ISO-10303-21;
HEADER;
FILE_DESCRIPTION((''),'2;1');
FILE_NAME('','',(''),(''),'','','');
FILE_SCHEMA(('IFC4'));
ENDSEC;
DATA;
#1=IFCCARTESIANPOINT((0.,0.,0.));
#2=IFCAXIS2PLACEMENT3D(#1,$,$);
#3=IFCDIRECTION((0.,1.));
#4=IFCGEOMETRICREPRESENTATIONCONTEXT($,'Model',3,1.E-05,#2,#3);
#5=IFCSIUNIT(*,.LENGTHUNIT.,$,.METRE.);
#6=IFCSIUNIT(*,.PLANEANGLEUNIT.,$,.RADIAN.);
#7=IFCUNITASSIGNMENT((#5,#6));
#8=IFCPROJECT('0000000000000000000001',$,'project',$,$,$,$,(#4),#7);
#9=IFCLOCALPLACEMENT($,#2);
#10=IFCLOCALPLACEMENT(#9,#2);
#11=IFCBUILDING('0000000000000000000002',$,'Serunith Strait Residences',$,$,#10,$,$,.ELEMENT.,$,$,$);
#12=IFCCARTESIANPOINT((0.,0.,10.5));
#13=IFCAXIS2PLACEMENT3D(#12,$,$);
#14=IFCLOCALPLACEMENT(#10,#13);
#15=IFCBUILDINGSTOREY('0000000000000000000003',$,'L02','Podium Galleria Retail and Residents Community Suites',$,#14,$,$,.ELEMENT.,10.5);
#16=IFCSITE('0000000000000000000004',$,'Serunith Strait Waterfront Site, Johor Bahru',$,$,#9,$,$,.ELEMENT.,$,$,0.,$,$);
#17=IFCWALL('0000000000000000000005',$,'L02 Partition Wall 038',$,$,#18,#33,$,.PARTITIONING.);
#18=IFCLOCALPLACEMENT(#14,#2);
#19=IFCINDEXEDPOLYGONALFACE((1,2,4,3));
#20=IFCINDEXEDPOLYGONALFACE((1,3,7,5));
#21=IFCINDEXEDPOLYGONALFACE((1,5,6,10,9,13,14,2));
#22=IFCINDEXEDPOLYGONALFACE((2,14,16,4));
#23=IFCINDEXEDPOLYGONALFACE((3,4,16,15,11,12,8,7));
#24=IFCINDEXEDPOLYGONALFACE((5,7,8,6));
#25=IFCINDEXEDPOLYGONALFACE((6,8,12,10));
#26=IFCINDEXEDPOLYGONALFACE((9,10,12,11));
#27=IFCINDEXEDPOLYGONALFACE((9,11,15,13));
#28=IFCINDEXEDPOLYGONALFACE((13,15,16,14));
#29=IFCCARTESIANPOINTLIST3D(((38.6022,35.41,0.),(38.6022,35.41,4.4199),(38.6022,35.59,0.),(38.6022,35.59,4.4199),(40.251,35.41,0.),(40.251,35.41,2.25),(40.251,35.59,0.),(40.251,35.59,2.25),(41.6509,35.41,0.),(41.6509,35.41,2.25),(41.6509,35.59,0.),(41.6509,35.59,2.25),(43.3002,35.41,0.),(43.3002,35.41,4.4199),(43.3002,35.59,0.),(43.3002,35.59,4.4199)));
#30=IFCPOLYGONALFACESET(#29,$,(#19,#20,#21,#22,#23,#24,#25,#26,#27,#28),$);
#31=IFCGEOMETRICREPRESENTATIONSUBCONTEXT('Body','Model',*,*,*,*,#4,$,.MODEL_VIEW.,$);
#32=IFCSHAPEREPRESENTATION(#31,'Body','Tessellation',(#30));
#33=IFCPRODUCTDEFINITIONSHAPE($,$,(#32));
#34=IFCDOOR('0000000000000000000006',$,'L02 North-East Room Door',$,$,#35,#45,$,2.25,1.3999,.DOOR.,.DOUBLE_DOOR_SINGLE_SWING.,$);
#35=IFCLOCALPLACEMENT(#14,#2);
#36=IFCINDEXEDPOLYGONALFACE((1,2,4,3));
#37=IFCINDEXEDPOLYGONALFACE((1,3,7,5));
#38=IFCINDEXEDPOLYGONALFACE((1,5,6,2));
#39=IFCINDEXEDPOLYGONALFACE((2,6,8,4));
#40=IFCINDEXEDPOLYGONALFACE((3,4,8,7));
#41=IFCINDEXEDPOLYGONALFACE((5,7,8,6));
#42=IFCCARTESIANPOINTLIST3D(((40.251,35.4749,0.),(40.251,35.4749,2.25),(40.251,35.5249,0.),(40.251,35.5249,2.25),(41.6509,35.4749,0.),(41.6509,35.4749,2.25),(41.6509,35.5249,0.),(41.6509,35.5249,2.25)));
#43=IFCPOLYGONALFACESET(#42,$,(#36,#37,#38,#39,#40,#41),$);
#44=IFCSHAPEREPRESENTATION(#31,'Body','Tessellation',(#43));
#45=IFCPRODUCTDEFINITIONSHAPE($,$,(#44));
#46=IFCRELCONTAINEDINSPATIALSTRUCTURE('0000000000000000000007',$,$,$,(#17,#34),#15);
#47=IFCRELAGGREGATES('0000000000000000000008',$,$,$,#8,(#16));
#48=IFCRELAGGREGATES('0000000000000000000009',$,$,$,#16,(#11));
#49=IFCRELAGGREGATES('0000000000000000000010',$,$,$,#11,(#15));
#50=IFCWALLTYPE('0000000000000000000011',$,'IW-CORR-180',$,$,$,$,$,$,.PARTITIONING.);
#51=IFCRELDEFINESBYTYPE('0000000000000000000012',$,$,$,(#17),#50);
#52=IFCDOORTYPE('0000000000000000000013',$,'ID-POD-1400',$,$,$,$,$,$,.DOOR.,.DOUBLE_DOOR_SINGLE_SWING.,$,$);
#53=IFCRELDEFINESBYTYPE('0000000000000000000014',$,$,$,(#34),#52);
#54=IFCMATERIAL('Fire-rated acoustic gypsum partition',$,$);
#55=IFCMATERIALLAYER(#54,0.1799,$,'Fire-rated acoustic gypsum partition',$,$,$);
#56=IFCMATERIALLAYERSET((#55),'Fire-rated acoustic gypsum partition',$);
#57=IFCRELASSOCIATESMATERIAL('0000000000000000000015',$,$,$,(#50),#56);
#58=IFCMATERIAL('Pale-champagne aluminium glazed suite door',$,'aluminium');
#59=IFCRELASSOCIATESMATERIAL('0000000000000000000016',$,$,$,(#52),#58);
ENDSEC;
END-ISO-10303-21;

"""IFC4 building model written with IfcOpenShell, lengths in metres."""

from ifc_helpers import new_model, si_unit, direction, frame, frame_2d, origin, place, context, subcontext, project, spatial, rectangle, extrude, source, transform, mapped, material, layer, layer_set, type_object, element, fill, save


model = new_model("IFC4")

# Units and contexts
model_context = context("Model", 3, precision=1e-05, world=origin(), true_north=direction((0.0, 1.0)))
body_context = subcontext(model_context, "Body", "Model", "MODEL_VIEW")
ifc_project = project(units=[si_unit("LENGTHUNIT", "METRE"), si_unit("PLANEANGLEUNIT", "RADIAN")], contexts=[model_context])

# Site, building, storey
site_placement = place(None, origin())
site = spatial("IfcSite", under=ifc_project, at=site_placement, Name="Serunith Strait Waterfront Site, Johor Bahru", CompositionType="ELEMENT", RefElevation=0.0)
building_placement = place(site_placement, origin())
building = spatial("IfcBuilding", under=site, at=building_placement, Name="Serunith Strait Residences", CompositionType="ELEMENT")
storey_placement = place(building_placement, frame((0.0, 0.0, 10.5)))
storey = spatial("IfcBuildingStorey", under=building, at=storey_placement, Name="L02", Description="Podium Galleria Retail and Residents Community Suites", CompositionType="ELEMENT", Elevation=10.5)

# Shared definitions
ifc_material_1 = material(Name="Fire-rated acoustic gypsum partition")
ifc_layer_1 = layer(ifc_material_1, 0.1799, Name="Fire-rated acoustic gypsum partition")
ifc_layer_set_1 = layer_set([ifc_layer_1], Name="Fire-rated acoustic gypsum partition")
wall_type_1 = type_object("IfcWallType", Name="IW-CORR-180", PredefinedType="PARTITIONING", material=ifc_layer_set_1)

# Wall, opening, door
wall_1_placement = place(storey_placement, frame((38.6021, 35.5, 0.0), z_axis=(0.0, 0.0, 1.0), x_axis=(1.0, 0.0, 0.0)))
wall_1 = element("IfcWall", 1, at=wall_1_placement, inside=storey, type_object=wall_type_1, Name="L02 Partition Wall 038", PredefinedType="PARTITIONING", context=body_context, shape_type="SweptSolid", body=[
    extrude(rectangle(XDim=4.698, YDim=0.1799, at=frame_2d((2.3491, 0.0))), origin(), (0.0, 0.0, 1.0), 4.4199),
])
opening_1_placement = place(wall_1_placement, frame((1.6489, 0.0, 0.0)))
opening_1 = element("IfcOpeningElement", 2, at=opening_1_placement, cuts=wall_1, PredefinedType="OPENING", context=body_context, shape_type="SweptSolid", body=[
    extrude(rectangle(XDim=1.3999, YDim=2.25, at=frame_2d((0.7, 1.125))), frame((0.0, 0.1001, 0.0), z_axis=(0.0, -1.0, 0.0), x_axis=(1.0, 0.0, 0.0)), (0.0, 0.0, 1.0), 0.2),
])
ifc_material_2 = material(Name="Pale-champagne aluminium glazed suite door", Category="aluminium")
door_type_1 = type_object("IfcDoorType", Name="ID-POD-1400", OperationType="DOUBLE_DOOR_SINGLE_SWING", PredefinedType="DOOR", material=ifc_material_2)
shared_shape_1 = source(origin(), body_context, "Body", "SweptSolid", [
    extrude(rectangle(XDim=1.3999, YDim=2.25, at=frame_2d((0.7, 1.125))), frame((0.0, 0.0249, 0.0), z_axis=(0.0, -1.0, 0.0), x_axis=(1.0, 0.0, 0.0)), (0.0, 0.0, 1.0), 0.05),
])
door_1_placement = place(opening_1_placement, origin())
door_1 = element("IfcDoor", 3, at=door_1_placement, inside=storey, type_object=door_type_1, Name="L02 North-East Room Door", OperationType="DOUBLE_DOOR_SINGLE_SWING", OverallHeight=2.25, OverallWidth=1.3999, PredefinedType="DOOR", context=body_context, shape_type="MappedRepresentation", body=[
    mapped(shared_shape_1, transform((0.0, 0.0, 0.0), scale=1.0)),
])
fill(opening_1, door_1)

save(model, "model.ifc")
